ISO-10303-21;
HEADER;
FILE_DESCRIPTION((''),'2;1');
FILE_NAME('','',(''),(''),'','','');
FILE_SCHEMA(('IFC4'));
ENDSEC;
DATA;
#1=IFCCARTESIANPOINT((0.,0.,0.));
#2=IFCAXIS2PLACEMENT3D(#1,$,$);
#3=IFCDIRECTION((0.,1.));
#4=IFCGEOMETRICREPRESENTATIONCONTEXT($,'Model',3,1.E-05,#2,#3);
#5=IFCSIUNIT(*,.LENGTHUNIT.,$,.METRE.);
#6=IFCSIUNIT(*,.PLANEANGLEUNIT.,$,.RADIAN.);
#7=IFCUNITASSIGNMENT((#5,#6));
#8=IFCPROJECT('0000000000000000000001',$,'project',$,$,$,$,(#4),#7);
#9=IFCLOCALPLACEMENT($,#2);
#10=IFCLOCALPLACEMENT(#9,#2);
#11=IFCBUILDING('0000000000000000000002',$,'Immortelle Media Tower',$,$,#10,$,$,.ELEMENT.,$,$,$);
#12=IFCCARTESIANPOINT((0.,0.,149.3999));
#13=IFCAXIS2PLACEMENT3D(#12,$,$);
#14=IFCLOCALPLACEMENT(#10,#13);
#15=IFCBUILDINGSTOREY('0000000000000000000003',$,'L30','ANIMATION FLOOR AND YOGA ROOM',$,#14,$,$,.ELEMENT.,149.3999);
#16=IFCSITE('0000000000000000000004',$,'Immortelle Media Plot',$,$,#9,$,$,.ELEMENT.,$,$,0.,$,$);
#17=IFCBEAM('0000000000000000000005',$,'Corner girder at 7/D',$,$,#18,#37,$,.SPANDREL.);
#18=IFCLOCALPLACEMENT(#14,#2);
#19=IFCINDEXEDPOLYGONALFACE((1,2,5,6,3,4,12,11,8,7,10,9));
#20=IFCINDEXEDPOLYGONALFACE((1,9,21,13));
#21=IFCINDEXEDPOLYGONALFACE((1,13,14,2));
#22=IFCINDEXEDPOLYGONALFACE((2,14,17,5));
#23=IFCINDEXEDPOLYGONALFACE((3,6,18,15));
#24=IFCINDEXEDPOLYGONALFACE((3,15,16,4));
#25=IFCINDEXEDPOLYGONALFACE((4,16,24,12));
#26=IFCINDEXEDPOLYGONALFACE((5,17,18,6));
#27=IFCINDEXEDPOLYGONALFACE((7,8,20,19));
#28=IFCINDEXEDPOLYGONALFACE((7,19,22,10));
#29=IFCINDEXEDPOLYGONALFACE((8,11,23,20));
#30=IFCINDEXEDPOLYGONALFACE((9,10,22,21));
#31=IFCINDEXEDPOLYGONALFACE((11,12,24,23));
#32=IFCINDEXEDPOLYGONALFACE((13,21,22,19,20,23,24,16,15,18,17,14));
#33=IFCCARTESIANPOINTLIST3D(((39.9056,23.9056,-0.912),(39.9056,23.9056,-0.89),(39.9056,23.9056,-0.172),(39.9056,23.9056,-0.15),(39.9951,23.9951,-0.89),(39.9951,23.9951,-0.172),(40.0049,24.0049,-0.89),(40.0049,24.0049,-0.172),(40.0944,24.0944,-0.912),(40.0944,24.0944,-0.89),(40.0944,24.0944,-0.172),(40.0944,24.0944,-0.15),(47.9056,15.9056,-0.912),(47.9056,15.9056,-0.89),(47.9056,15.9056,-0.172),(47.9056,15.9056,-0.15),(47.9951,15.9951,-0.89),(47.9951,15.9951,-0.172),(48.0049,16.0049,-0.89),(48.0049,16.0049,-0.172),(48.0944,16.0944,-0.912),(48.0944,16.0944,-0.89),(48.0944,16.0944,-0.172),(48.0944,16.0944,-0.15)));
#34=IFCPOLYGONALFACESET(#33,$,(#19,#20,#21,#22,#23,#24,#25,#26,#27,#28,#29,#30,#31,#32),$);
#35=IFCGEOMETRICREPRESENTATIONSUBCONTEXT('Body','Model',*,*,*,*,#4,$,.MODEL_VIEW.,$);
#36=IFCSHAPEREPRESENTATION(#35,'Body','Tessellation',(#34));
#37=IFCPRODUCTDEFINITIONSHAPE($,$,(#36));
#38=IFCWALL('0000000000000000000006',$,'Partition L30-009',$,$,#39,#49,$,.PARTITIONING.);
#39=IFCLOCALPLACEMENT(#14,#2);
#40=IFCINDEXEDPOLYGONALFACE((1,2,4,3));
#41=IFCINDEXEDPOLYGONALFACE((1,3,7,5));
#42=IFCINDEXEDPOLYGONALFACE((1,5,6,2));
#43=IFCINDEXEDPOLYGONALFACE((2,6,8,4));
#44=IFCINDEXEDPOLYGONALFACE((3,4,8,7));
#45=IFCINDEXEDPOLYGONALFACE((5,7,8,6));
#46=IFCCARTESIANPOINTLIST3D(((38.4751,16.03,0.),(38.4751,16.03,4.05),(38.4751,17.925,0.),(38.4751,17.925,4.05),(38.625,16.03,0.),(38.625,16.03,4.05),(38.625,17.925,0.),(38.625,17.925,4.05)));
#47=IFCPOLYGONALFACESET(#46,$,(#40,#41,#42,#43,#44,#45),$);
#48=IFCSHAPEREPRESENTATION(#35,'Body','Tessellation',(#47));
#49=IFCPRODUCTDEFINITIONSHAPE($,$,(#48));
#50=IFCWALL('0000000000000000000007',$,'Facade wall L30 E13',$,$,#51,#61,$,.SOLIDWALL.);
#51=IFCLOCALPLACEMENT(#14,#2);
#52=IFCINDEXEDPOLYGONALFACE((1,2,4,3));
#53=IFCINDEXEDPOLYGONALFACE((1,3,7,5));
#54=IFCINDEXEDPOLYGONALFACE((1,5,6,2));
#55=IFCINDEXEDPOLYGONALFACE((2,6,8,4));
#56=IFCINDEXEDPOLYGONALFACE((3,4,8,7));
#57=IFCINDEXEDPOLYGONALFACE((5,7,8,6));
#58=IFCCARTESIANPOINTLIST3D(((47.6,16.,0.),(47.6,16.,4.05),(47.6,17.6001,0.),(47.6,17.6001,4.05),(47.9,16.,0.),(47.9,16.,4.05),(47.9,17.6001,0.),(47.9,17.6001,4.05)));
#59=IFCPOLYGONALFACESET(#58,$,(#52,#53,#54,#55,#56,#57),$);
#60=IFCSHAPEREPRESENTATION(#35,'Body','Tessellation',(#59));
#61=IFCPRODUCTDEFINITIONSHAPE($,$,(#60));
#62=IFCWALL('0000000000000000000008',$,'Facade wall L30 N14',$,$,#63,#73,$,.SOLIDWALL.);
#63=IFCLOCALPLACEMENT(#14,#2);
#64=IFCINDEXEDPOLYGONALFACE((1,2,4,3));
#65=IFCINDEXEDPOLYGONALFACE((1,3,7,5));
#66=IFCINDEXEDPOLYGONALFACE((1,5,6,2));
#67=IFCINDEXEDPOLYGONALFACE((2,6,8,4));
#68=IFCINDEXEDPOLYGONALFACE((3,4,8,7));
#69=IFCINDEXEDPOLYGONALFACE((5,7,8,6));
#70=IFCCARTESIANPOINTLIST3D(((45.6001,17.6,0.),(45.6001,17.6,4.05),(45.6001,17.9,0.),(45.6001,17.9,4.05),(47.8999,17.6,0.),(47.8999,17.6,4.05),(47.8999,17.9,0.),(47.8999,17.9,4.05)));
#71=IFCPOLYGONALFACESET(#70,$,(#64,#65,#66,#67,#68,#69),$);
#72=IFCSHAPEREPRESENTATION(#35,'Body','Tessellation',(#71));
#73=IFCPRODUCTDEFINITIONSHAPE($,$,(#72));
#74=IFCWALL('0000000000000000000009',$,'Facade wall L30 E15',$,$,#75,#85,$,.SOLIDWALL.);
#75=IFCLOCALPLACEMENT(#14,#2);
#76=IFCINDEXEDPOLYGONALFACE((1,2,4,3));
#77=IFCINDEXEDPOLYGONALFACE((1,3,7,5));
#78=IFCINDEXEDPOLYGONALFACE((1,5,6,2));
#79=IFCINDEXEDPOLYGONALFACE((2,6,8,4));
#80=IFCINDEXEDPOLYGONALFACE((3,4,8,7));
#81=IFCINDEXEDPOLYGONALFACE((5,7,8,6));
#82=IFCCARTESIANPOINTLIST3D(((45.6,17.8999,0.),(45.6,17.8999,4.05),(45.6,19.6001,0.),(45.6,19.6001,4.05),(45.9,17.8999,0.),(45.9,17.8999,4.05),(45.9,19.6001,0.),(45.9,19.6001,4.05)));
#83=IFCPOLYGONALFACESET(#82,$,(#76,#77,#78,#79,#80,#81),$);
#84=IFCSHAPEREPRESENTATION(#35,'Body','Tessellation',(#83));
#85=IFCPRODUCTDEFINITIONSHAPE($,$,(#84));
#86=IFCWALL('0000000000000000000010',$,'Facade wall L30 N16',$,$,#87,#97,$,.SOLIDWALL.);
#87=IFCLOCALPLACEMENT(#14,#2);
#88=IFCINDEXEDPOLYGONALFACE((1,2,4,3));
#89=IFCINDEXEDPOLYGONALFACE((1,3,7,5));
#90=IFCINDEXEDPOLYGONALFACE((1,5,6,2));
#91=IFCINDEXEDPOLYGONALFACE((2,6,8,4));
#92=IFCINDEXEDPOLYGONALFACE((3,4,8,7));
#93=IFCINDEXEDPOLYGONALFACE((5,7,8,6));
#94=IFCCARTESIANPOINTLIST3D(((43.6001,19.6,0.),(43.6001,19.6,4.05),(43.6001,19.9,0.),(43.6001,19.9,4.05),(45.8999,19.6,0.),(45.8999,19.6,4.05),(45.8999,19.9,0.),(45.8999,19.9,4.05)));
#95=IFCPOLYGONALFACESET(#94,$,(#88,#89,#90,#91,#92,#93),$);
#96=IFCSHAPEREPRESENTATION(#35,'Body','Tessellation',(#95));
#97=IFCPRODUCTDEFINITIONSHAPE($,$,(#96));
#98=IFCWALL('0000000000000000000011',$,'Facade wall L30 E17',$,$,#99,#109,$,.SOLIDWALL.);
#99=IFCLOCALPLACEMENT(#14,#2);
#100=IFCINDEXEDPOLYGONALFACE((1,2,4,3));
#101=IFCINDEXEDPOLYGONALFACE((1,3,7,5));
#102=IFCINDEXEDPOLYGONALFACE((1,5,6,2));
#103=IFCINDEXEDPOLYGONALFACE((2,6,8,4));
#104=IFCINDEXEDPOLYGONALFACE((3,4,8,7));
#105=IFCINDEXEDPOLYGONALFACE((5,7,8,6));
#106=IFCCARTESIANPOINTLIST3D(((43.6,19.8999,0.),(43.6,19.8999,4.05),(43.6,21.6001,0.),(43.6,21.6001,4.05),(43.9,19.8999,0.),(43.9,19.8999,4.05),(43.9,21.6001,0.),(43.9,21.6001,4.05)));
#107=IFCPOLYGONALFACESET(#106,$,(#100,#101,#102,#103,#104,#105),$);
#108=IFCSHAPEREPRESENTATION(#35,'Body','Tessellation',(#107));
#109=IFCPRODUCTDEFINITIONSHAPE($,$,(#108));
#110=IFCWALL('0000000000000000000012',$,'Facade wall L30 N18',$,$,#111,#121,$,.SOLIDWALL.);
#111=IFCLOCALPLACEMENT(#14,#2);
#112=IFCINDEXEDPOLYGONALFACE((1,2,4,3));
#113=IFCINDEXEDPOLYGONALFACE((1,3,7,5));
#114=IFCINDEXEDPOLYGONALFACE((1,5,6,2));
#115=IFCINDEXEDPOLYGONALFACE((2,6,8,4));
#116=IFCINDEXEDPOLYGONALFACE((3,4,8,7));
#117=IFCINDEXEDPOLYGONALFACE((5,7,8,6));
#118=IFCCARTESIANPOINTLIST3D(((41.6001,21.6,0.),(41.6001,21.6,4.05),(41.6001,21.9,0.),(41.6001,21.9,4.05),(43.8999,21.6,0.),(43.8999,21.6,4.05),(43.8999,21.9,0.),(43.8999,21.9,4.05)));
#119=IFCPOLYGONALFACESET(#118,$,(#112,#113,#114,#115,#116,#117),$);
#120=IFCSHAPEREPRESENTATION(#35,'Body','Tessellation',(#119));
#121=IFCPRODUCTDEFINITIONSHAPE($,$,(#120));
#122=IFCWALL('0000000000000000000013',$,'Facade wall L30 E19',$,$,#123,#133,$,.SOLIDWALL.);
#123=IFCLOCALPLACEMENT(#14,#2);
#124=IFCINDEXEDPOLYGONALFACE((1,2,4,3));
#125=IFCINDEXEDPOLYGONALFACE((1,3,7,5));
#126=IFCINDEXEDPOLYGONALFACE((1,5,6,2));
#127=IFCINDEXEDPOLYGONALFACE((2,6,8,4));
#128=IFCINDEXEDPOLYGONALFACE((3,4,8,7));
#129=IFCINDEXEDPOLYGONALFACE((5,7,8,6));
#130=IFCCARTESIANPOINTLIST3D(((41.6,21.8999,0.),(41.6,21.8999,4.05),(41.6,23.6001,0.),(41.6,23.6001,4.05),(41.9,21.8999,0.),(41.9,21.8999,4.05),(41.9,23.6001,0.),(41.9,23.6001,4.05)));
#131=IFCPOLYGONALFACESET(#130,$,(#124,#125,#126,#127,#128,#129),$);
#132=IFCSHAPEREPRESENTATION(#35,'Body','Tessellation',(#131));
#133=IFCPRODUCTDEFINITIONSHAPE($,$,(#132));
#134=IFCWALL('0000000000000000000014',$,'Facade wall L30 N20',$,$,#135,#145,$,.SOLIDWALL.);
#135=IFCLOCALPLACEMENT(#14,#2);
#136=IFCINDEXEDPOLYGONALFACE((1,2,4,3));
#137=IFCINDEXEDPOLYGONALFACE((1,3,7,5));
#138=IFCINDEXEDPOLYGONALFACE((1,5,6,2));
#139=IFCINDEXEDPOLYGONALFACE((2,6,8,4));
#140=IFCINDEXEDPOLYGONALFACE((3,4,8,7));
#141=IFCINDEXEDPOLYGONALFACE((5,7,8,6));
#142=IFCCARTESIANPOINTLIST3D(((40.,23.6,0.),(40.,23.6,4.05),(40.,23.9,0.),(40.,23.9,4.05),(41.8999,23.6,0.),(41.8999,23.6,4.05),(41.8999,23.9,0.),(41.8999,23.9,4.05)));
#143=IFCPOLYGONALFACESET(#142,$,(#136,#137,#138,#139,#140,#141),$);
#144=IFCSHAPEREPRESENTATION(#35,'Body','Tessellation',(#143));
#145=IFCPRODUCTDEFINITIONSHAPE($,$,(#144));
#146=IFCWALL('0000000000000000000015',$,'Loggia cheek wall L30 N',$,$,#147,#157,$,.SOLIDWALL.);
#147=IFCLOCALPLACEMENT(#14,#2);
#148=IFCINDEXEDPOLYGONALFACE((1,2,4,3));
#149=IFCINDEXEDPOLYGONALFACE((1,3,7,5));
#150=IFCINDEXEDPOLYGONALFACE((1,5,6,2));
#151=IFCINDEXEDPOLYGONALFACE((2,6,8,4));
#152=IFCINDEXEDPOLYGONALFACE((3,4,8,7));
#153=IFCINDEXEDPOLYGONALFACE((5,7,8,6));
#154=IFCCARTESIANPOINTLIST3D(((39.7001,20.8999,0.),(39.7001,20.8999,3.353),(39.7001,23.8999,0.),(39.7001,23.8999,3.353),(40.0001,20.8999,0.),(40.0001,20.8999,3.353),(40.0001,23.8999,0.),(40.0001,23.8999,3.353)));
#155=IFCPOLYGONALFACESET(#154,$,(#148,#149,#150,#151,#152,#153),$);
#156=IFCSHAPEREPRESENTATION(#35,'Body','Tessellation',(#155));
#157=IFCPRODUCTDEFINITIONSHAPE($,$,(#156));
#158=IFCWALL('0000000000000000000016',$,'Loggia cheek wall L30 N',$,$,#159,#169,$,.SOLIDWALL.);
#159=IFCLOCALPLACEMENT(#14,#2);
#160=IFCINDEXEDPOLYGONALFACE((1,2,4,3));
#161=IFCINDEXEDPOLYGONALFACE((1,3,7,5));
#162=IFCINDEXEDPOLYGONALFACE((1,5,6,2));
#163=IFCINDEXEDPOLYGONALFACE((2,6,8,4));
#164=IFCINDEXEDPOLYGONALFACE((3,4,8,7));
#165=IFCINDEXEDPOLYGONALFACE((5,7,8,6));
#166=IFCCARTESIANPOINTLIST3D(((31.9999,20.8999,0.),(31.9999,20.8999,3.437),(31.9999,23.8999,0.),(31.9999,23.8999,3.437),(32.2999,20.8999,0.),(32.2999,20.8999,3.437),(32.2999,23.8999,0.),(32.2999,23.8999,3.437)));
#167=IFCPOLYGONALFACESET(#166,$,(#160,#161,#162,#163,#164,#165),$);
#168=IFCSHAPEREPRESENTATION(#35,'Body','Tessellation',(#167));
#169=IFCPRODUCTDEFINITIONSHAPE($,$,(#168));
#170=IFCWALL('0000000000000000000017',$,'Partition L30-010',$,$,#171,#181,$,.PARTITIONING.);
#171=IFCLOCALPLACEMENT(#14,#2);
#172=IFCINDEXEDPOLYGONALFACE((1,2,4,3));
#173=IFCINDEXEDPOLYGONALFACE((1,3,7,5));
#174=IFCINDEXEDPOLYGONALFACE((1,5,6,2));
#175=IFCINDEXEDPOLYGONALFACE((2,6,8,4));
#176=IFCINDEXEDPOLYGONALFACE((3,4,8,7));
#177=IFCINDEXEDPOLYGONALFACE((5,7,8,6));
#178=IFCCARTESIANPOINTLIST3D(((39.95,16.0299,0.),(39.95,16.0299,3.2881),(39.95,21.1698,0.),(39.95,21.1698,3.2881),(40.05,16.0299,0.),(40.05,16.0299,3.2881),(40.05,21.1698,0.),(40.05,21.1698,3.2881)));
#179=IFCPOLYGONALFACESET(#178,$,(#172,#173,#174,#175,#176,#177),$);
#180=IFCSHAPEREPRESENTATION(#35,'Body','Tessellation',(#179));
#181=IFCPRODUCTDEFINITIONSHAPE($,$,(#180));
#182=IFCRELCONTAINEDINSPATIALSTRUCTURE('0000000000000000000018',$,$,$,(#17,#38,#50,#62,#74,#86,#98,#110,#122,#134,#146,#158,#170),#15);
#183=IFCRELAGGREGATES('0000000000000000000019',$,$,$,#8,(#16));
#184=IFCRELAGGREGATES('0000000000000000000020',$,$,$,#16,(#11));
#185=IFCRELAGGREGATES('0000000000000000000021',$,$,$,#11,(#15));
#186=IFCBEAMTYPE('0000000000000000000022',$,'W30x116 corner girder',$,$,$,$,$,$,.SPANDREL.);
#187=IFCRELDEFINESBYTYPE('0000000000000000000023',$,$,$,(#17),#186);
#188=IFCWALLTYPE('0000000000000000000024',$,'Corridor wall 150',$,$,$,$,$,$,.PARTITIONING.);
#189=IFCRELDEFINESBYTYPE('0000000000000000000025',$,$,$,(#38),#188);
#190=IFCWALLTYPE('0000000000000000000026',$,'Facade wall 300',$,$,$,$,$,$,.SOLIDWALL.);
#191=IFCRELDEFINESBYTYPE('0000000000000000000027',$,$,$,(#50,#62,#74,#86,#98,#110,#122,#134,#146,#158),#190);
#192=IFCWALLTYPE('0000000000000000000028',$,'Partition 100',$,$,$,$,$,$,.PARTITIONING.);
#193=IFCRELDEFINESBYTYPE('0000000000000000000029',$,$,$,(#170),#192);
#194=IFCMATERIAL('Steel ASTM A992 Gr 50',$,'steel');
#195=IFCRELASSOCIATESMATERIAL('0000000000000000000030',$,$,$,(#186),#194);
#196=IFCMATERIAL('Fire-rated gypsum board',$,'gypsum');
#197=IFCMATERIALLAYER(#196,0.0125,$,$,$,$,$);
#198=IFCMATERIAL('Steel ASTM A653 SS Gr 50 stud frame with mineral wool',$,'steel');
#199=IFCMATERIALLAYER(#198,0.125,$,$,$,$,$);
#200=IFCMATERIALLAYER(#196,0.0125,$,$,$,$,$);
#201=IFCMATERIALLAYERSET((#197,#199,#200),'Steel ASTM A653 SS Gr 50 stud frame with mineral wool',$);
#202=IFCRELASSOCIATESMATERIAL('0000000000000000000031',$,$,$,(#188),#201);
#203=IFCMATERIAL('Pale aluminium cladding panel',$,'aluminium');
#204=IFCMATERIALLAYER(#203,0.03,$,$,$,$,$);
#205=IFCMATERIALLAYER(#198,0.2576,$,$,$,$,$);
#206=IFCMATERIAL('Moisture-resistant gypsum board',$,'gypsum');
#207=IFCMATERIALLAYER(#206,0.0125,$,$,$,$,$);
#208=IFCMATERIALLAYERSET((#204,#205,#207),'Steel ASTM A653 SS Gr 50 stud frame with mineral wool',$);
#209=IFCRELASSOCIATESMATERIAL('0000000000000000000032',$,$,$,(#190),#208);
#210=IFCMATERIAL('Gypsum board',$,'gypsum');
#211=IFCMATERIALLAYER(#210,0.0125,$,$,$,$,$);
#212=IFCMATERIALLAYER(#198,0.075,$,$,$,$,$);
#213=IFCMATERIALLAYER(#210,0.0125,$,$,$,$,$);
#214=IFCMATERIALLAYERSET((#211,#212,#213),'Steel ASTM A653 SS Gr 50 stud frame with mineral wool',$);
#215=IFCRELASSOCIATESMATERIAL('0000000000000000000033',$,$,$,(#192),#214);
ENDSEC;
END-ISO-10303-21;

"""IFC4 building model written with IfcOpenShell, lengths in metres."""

from ifc_helpers import new_model, si_unit, direction, frame, frame_2d, origin, origin_2d, place, context, subcontext, project, spatial, rectangle, i_section, extrude, material, layer, layer_set, material_profile, profile_set, type_object, element, save


model = new_model("IFC4")

# Units and contexts
model_context = context("Model", 3, precision=1e-05, world=origin(), true_north=direction((0.0, 1.0)))
body_context = subcontext(model_context, "Body", "Model", "MODEL_VIEW")
ifc_project = project(units=[si_unit("LENGTHUNIT", "METRE"), si_unit("PLANEANGLEUNIT", "RADIAN")], contexts=[model_context])

# Site, building, storey
site_placement = place(None, origin())
site = spatial("IfcSite", under=ifc_project, at=site_placement, Name="Immortelle Media Plot", CompositionType="ELEMENT", RefElevation=0.0)
building_placement = place(site_placement, origin())
building = spatial("IfcBuilding", under=site, at=building_placement, Name="Immortelle Media Tower", CompositionType="ELEMENT")
storey_placement = place(building_placement, frame((0.0, 0.0, 149.3999)))
storey = spatial("IfcBuildingStorey", under=building, at=storey_placement, Name="L30", Description="ANIMATION FLOOR AND YOGA ROOM", CompositionType="ELEMENT", Elevation=149.3999)

# Shared definitions
ifc_material_1 = material(Name="Steel ASTM A992 Gr 50", Category="steel")

# Beam
ifc_material_profile_1 = material_profile(ifc_material_1, i_section(OverallWidth=0.2671, OverallDepth=0.762, WebThickness=0.0139, FlangeThickness=0.022, at=origin_2d()), Name="W30x116")
ifc_profile_set_1 = profile_set([ifc_material_profile_1], Name="Steel ASTM A992 Gr 50")
beam_type_1 = type_object("IfcBeamType", Name="W30x116 corner girder", PredefinedType="SPANDREL", material=ifc_profile_set_1)
beam_placement = place(storey_placement, frame((40.0, 24.0, -0.531), z_axis=(0.707107, -0.707107, 0.0), x_axis=(0.707107, 0.707107, 0.0)))
element("IfcBeam", 1, at=beam_placement, inside=storey, type_object=beam_type_1, Name="Corner girder at 7/D", PredefinedType="SPANDREL", context=body_context, shape_type="SweptSolid", body=[
    extrude(i_section(OverallWidth=0.2671, OverallDepth=0.762, WebThickness=0.0139, FlangeThickness=0.022, at=origin_2d()), origin(), (0.0, 0.0, 1.0), 11.3137),
])

# Walls
ifc_material_2 = material(Name="Fire-rated gypsum board", Category="gypsum")
ifc_layer_1 = layer(ifc_material_2, 0.0125)
ifc_material_3 = material(Name="Steel ASTM A653 SS Gr 50 stud frame with mineral wool", Category="steel")
ifc_layer_2 = layer(ifc_material_3, 0.125)
ifc_layer_3 = layer(ifc_material_2, 0.0125)
ifc_layer_set_1 = layer_set([ifc_layer_1, ifc_layer_2, ifc_layer_3], Name="Steel ASTM A653 SS Gr 50 stud frame with mineral wool")
wall_type_1 = type_object("IfcWallType", Name="Corridor wall 150", PredefinedType="PARTITIONING", material=ifc_layer_set_1)
wall_1_placement = place(storey_placement, frame((38.55, 16.03, 0.0), z_axis=(0.0, 0.0, 1.0), x_axis=(0.0, 1.0, 0.0)))
element("IfcWall", 2, at=wall_1_placement, inside=storey, type_object=wall_type_1, Name="Partition L30-009", PredefinedType="PARTITIONING", context=body_context, shape_type="SweptSolid", body=[
    extrude(rectangle(XDim=1.895, YDim=0.1499, at=frame_2d((0.9475, 0.0))), origin(), (0.0, 0.0, 1.0), 4.05),
])
ifc_material_4 = material(Name="Pale aluminium cladding panel", Category="aluminium")
ifc_layer_4 = layer(ifc_material_4, 0.03)
ifc_layer_5 = layer(ifc_material_3, 0.2576)
ifc_material_5 = material(Name="Moisture-resistant gypsum board", Category="gypsum")
ifc_layer_6 = layer(ifc_material_5, 0.0125)
ifc_layer_set_2 = layer_set([ifc_layer_4, ifc_layer_5, ifc_layer_6], Name="Steel ASTM A653 SS Gr 50 stud frame with mineral wool")
wall_type_2 = type_object("IfcWallType", Name="Facade wall 300", PredefinedType="SOLIDWALL", material=ifc_layer_set_2)
wall_2_placement = place(storey_placement, frame((47.75, 16.0, 0.0), z_axis=(0.0, 0.0, 1.0), x_axis=(0.0, 1.0, 0.0)))
element("IfcWall", 3, at=wall_2_placement, inside=storey, type_object=wall_type_2, Name="Facade wall L30 E13", PredefinedType="SOLIDWALL", context=body_context, shape_type="SweptSolid", body=[
    extrude(rectangle(XDim=1.6001, YDim=0.3, at=frame_2d((0.8, 0.0))), origin(), (0.0, 0.0, 1.0), 4.05),
])
wall_3_placement = place(storey_placement, frame((47.8999, 17.75, 0.0), z_axis=(0.0, 0.0, 1.0), x_axis=(-1.0, 0.0, 0.0)))
element("IfcWall", 4, at=wall_3_placement, inside=storey, type_object=wall_type_2, Name="Facade wall L30 N14", PredefinedType="SOLIDWALL", context=body_context, shape_type="SweptSolid", body=[
    extrude(rectangle(XDim=2.2998, YDim=0.3, at=frame_2d((1.1499, 0.0))), origin(), (0.0, 0.0, 1.0), 4.05),
])
wall_4_placement = place(storey_placement, frame((45.75, 17.8999, 0.0), z_axis=(0.0, 0.0, 1.0), x_axis=(0.0, 1.0, 0.0)))
element("IfcWall", 5, at=wall_4_placement, inside=storey, type_object=wall_type_2, Name="Facade wall L30 E15", PredefinedType="SOLIDWALL", context=body_context, shape_type="SweptSolid", body=[
    extrude(rectangle(XDim=1.7002, YDim=0.3, at=frame_2d((0.8501, 0.0))), origin(), (0.0, 0.0, 1.0), 4.05),
])
wall_5_placement = place(storey_placement, frame((45.8999, 19.75, 0.0), z_axis=(0.0, 0.0, 1.0), x_axis=(-1.0, 0.0, 0.0)))
element("IfcWall", 6, at=wall_5_placement, inside=storey, type_object=wall_type_2, Name="Facade wall L30 N16", PredefinedType="SOLIDWALL", context=body_context, shape_type="SweptSolid", body=[
    extrude(rectangle(XDim=2.2998, YDim=0.3, at=frame_2d((1.1499, 0.0))), origin(), (0.0, 0.0, 1.0), 4.05),
])
wall_6_placement = place(storey_placement, frame((43.75, 19.8999, 0.0), z_axis=(0.0, 0.0, 1.0), x_axis=(0.0, 1.0, 0.0)))
element("IfcWall", 7, at=wall_6_placement, inside=storey, type_object=wall_type_2, Name="Facade wall L30 E17", PredefinedType="SOLIDWALL", context=body_context, shape_type="SweptSolid", body=[
    extrude(rectangle(XDim=1.7002, YDim=0.3, at=frame_2d((0.8501, 0.0))), origin(), (0.0, 0.0, 1.0), 4.05),
])
wall_7_placement = place(storey_placement, frame((43.8999, 21.75, 0.0), z_axis=(0.0, 0.0, 1.0), x_axis=(-1.0, 0.0, 0.0)))
element("IfcWall", 8, at=wall_7_placement, inside=storey, type_object=wall_type_2, Name="Facade wall L30 N18", PredefinedType="SOLIDWALL", context=body_context, shape_type="SweptSolid", body=[
    extrude(rectangle(XDim=2.2998, YDim=0.3, at=frame_2d((1.1499, 0.0))), origin(), (0.0, 0.0, 1.0), 4.05),
])
wall_8_placement = place(storey_placement, frame((41.75, 21.8999, 0.0), z_axis=(0.0, 0.0, 1.0), x_axis=(0.0, 1.0, 0.0)))
element("IfcWall", 9, at=wall_8_placement, inside=storey, type_object=wall_type_2, Name="Facade wall L30 E19", PredefinedType="SOLIDWALL", context=body_context, shape_type="SweptSolid", body=[
    extrude(rectangle(XDim=1.7002, YDim=0.3, at=frame_2d((0.8501, 0.0))), origin(), (0.0, 0.0, 1.0), 4.05),
])
wall_9_placement = place(storey_placement, frame((41.8999, 23.75, 0.0), z_axis=(0.0, 0.0, 1.0), x_axis=(-1.0, 0.0, 0.0)))
element("IfcWall", 10, at=wall_9_placement, inside=storey, type_object=wall_type_2, Name="Facade wall L30 N20", PredefinedType="SOLIDWALL", context=body_context, shape_type="SweptSolid", body=[
    extrude(rectangle(XDim=1.8999, YDim=0.3, at=frame_2d((0.95, 0.0))), origin(), (0.0, 0.0, 1.0), 4.05),
])

# Walls
wall_10_placement = place(storey_placement, frame((39.8501, 23.8999, 0.0), z_axis=(0.0, 0.0, 1.0), x_axis=(0.0, -1.0, 0.0)))
element("IfcWall", 11, at=wall_10_placement, inside=storey, type_object=wall_type_2, Name="Loggia cheek wall L30 N", PredefinedType="SOLIDWALL", context=body_context, shape_type="SweptSolid", body=[
    extrude(rectangle(XDim=3.0, YDim=0.3, at=frame_2d((1.5, 0.0))), origin(), (0.0, 0.0, 1.0), 3.353),
])
wall_11_placement = place(storey_placement, frame((32.1499, 23.8999, 0.0), z_axis=(0.0, 0.0, 1.0), x_axis=(0.0, -1.0, 0.0)))
element("IfcWall", 12, at=wall_11_placement, inside=storey, type_object=wall_type_2, Name="Loggia cheek wall L30 N", PredefinedType="SOLIDWALL", context=body_context, shape_type="SweptSolid", body=[
    extrude(rectangle(XDim=3.0, YDim=0.3, at=frame_2d((1.5, 0.0))), origin(), (0.0, 0.0, 1.0), 3.437),
])
ifc_material_6 = material(Name="Gypsum board", Category="gypsum")
ifc_layer_7 = layer(ifc_material_6, 0.0125)
ifc_layer_8 = layer(ifc_material_3, 0.075)
ifc_layer_9 = layer(ifc_material_6, 0.0125)
ifc_layer_set_3 = layer_set([ifc_layer_7, ifc_layer_8, ifc_layer_9], Name="Steel ASTM A653 SS Gr 50 stud frame with mineral wool")
wall_type_3 = type_object("IfcWallType", Name="Partition 100", PredefinedType="PARTITIONING", material=ifc_layer_set_3)
wall_12_placement = place(storey_placement, frame((40.0, 16.03, 0.0), z_axis=(0.0, 0.0, 1.0), x_axis=(0.0, 1.0, 0.0)))
element("IfcWall", 13, at=wall_12_placement, inside=storey, type_object=wall_type_3, Name="Partition L30-010", PredefinedType="PARTITIONING", context=body_context, shape_type="SweptSolid", body=[
    extrude(rectangle(XDim=5.1399, YDim=0.1001, at=frame_2d((2.5698, 0.0))), origin(), (0.0, 0.0, 1.0), 3.2881),
])

save(model, "model.ifc")
